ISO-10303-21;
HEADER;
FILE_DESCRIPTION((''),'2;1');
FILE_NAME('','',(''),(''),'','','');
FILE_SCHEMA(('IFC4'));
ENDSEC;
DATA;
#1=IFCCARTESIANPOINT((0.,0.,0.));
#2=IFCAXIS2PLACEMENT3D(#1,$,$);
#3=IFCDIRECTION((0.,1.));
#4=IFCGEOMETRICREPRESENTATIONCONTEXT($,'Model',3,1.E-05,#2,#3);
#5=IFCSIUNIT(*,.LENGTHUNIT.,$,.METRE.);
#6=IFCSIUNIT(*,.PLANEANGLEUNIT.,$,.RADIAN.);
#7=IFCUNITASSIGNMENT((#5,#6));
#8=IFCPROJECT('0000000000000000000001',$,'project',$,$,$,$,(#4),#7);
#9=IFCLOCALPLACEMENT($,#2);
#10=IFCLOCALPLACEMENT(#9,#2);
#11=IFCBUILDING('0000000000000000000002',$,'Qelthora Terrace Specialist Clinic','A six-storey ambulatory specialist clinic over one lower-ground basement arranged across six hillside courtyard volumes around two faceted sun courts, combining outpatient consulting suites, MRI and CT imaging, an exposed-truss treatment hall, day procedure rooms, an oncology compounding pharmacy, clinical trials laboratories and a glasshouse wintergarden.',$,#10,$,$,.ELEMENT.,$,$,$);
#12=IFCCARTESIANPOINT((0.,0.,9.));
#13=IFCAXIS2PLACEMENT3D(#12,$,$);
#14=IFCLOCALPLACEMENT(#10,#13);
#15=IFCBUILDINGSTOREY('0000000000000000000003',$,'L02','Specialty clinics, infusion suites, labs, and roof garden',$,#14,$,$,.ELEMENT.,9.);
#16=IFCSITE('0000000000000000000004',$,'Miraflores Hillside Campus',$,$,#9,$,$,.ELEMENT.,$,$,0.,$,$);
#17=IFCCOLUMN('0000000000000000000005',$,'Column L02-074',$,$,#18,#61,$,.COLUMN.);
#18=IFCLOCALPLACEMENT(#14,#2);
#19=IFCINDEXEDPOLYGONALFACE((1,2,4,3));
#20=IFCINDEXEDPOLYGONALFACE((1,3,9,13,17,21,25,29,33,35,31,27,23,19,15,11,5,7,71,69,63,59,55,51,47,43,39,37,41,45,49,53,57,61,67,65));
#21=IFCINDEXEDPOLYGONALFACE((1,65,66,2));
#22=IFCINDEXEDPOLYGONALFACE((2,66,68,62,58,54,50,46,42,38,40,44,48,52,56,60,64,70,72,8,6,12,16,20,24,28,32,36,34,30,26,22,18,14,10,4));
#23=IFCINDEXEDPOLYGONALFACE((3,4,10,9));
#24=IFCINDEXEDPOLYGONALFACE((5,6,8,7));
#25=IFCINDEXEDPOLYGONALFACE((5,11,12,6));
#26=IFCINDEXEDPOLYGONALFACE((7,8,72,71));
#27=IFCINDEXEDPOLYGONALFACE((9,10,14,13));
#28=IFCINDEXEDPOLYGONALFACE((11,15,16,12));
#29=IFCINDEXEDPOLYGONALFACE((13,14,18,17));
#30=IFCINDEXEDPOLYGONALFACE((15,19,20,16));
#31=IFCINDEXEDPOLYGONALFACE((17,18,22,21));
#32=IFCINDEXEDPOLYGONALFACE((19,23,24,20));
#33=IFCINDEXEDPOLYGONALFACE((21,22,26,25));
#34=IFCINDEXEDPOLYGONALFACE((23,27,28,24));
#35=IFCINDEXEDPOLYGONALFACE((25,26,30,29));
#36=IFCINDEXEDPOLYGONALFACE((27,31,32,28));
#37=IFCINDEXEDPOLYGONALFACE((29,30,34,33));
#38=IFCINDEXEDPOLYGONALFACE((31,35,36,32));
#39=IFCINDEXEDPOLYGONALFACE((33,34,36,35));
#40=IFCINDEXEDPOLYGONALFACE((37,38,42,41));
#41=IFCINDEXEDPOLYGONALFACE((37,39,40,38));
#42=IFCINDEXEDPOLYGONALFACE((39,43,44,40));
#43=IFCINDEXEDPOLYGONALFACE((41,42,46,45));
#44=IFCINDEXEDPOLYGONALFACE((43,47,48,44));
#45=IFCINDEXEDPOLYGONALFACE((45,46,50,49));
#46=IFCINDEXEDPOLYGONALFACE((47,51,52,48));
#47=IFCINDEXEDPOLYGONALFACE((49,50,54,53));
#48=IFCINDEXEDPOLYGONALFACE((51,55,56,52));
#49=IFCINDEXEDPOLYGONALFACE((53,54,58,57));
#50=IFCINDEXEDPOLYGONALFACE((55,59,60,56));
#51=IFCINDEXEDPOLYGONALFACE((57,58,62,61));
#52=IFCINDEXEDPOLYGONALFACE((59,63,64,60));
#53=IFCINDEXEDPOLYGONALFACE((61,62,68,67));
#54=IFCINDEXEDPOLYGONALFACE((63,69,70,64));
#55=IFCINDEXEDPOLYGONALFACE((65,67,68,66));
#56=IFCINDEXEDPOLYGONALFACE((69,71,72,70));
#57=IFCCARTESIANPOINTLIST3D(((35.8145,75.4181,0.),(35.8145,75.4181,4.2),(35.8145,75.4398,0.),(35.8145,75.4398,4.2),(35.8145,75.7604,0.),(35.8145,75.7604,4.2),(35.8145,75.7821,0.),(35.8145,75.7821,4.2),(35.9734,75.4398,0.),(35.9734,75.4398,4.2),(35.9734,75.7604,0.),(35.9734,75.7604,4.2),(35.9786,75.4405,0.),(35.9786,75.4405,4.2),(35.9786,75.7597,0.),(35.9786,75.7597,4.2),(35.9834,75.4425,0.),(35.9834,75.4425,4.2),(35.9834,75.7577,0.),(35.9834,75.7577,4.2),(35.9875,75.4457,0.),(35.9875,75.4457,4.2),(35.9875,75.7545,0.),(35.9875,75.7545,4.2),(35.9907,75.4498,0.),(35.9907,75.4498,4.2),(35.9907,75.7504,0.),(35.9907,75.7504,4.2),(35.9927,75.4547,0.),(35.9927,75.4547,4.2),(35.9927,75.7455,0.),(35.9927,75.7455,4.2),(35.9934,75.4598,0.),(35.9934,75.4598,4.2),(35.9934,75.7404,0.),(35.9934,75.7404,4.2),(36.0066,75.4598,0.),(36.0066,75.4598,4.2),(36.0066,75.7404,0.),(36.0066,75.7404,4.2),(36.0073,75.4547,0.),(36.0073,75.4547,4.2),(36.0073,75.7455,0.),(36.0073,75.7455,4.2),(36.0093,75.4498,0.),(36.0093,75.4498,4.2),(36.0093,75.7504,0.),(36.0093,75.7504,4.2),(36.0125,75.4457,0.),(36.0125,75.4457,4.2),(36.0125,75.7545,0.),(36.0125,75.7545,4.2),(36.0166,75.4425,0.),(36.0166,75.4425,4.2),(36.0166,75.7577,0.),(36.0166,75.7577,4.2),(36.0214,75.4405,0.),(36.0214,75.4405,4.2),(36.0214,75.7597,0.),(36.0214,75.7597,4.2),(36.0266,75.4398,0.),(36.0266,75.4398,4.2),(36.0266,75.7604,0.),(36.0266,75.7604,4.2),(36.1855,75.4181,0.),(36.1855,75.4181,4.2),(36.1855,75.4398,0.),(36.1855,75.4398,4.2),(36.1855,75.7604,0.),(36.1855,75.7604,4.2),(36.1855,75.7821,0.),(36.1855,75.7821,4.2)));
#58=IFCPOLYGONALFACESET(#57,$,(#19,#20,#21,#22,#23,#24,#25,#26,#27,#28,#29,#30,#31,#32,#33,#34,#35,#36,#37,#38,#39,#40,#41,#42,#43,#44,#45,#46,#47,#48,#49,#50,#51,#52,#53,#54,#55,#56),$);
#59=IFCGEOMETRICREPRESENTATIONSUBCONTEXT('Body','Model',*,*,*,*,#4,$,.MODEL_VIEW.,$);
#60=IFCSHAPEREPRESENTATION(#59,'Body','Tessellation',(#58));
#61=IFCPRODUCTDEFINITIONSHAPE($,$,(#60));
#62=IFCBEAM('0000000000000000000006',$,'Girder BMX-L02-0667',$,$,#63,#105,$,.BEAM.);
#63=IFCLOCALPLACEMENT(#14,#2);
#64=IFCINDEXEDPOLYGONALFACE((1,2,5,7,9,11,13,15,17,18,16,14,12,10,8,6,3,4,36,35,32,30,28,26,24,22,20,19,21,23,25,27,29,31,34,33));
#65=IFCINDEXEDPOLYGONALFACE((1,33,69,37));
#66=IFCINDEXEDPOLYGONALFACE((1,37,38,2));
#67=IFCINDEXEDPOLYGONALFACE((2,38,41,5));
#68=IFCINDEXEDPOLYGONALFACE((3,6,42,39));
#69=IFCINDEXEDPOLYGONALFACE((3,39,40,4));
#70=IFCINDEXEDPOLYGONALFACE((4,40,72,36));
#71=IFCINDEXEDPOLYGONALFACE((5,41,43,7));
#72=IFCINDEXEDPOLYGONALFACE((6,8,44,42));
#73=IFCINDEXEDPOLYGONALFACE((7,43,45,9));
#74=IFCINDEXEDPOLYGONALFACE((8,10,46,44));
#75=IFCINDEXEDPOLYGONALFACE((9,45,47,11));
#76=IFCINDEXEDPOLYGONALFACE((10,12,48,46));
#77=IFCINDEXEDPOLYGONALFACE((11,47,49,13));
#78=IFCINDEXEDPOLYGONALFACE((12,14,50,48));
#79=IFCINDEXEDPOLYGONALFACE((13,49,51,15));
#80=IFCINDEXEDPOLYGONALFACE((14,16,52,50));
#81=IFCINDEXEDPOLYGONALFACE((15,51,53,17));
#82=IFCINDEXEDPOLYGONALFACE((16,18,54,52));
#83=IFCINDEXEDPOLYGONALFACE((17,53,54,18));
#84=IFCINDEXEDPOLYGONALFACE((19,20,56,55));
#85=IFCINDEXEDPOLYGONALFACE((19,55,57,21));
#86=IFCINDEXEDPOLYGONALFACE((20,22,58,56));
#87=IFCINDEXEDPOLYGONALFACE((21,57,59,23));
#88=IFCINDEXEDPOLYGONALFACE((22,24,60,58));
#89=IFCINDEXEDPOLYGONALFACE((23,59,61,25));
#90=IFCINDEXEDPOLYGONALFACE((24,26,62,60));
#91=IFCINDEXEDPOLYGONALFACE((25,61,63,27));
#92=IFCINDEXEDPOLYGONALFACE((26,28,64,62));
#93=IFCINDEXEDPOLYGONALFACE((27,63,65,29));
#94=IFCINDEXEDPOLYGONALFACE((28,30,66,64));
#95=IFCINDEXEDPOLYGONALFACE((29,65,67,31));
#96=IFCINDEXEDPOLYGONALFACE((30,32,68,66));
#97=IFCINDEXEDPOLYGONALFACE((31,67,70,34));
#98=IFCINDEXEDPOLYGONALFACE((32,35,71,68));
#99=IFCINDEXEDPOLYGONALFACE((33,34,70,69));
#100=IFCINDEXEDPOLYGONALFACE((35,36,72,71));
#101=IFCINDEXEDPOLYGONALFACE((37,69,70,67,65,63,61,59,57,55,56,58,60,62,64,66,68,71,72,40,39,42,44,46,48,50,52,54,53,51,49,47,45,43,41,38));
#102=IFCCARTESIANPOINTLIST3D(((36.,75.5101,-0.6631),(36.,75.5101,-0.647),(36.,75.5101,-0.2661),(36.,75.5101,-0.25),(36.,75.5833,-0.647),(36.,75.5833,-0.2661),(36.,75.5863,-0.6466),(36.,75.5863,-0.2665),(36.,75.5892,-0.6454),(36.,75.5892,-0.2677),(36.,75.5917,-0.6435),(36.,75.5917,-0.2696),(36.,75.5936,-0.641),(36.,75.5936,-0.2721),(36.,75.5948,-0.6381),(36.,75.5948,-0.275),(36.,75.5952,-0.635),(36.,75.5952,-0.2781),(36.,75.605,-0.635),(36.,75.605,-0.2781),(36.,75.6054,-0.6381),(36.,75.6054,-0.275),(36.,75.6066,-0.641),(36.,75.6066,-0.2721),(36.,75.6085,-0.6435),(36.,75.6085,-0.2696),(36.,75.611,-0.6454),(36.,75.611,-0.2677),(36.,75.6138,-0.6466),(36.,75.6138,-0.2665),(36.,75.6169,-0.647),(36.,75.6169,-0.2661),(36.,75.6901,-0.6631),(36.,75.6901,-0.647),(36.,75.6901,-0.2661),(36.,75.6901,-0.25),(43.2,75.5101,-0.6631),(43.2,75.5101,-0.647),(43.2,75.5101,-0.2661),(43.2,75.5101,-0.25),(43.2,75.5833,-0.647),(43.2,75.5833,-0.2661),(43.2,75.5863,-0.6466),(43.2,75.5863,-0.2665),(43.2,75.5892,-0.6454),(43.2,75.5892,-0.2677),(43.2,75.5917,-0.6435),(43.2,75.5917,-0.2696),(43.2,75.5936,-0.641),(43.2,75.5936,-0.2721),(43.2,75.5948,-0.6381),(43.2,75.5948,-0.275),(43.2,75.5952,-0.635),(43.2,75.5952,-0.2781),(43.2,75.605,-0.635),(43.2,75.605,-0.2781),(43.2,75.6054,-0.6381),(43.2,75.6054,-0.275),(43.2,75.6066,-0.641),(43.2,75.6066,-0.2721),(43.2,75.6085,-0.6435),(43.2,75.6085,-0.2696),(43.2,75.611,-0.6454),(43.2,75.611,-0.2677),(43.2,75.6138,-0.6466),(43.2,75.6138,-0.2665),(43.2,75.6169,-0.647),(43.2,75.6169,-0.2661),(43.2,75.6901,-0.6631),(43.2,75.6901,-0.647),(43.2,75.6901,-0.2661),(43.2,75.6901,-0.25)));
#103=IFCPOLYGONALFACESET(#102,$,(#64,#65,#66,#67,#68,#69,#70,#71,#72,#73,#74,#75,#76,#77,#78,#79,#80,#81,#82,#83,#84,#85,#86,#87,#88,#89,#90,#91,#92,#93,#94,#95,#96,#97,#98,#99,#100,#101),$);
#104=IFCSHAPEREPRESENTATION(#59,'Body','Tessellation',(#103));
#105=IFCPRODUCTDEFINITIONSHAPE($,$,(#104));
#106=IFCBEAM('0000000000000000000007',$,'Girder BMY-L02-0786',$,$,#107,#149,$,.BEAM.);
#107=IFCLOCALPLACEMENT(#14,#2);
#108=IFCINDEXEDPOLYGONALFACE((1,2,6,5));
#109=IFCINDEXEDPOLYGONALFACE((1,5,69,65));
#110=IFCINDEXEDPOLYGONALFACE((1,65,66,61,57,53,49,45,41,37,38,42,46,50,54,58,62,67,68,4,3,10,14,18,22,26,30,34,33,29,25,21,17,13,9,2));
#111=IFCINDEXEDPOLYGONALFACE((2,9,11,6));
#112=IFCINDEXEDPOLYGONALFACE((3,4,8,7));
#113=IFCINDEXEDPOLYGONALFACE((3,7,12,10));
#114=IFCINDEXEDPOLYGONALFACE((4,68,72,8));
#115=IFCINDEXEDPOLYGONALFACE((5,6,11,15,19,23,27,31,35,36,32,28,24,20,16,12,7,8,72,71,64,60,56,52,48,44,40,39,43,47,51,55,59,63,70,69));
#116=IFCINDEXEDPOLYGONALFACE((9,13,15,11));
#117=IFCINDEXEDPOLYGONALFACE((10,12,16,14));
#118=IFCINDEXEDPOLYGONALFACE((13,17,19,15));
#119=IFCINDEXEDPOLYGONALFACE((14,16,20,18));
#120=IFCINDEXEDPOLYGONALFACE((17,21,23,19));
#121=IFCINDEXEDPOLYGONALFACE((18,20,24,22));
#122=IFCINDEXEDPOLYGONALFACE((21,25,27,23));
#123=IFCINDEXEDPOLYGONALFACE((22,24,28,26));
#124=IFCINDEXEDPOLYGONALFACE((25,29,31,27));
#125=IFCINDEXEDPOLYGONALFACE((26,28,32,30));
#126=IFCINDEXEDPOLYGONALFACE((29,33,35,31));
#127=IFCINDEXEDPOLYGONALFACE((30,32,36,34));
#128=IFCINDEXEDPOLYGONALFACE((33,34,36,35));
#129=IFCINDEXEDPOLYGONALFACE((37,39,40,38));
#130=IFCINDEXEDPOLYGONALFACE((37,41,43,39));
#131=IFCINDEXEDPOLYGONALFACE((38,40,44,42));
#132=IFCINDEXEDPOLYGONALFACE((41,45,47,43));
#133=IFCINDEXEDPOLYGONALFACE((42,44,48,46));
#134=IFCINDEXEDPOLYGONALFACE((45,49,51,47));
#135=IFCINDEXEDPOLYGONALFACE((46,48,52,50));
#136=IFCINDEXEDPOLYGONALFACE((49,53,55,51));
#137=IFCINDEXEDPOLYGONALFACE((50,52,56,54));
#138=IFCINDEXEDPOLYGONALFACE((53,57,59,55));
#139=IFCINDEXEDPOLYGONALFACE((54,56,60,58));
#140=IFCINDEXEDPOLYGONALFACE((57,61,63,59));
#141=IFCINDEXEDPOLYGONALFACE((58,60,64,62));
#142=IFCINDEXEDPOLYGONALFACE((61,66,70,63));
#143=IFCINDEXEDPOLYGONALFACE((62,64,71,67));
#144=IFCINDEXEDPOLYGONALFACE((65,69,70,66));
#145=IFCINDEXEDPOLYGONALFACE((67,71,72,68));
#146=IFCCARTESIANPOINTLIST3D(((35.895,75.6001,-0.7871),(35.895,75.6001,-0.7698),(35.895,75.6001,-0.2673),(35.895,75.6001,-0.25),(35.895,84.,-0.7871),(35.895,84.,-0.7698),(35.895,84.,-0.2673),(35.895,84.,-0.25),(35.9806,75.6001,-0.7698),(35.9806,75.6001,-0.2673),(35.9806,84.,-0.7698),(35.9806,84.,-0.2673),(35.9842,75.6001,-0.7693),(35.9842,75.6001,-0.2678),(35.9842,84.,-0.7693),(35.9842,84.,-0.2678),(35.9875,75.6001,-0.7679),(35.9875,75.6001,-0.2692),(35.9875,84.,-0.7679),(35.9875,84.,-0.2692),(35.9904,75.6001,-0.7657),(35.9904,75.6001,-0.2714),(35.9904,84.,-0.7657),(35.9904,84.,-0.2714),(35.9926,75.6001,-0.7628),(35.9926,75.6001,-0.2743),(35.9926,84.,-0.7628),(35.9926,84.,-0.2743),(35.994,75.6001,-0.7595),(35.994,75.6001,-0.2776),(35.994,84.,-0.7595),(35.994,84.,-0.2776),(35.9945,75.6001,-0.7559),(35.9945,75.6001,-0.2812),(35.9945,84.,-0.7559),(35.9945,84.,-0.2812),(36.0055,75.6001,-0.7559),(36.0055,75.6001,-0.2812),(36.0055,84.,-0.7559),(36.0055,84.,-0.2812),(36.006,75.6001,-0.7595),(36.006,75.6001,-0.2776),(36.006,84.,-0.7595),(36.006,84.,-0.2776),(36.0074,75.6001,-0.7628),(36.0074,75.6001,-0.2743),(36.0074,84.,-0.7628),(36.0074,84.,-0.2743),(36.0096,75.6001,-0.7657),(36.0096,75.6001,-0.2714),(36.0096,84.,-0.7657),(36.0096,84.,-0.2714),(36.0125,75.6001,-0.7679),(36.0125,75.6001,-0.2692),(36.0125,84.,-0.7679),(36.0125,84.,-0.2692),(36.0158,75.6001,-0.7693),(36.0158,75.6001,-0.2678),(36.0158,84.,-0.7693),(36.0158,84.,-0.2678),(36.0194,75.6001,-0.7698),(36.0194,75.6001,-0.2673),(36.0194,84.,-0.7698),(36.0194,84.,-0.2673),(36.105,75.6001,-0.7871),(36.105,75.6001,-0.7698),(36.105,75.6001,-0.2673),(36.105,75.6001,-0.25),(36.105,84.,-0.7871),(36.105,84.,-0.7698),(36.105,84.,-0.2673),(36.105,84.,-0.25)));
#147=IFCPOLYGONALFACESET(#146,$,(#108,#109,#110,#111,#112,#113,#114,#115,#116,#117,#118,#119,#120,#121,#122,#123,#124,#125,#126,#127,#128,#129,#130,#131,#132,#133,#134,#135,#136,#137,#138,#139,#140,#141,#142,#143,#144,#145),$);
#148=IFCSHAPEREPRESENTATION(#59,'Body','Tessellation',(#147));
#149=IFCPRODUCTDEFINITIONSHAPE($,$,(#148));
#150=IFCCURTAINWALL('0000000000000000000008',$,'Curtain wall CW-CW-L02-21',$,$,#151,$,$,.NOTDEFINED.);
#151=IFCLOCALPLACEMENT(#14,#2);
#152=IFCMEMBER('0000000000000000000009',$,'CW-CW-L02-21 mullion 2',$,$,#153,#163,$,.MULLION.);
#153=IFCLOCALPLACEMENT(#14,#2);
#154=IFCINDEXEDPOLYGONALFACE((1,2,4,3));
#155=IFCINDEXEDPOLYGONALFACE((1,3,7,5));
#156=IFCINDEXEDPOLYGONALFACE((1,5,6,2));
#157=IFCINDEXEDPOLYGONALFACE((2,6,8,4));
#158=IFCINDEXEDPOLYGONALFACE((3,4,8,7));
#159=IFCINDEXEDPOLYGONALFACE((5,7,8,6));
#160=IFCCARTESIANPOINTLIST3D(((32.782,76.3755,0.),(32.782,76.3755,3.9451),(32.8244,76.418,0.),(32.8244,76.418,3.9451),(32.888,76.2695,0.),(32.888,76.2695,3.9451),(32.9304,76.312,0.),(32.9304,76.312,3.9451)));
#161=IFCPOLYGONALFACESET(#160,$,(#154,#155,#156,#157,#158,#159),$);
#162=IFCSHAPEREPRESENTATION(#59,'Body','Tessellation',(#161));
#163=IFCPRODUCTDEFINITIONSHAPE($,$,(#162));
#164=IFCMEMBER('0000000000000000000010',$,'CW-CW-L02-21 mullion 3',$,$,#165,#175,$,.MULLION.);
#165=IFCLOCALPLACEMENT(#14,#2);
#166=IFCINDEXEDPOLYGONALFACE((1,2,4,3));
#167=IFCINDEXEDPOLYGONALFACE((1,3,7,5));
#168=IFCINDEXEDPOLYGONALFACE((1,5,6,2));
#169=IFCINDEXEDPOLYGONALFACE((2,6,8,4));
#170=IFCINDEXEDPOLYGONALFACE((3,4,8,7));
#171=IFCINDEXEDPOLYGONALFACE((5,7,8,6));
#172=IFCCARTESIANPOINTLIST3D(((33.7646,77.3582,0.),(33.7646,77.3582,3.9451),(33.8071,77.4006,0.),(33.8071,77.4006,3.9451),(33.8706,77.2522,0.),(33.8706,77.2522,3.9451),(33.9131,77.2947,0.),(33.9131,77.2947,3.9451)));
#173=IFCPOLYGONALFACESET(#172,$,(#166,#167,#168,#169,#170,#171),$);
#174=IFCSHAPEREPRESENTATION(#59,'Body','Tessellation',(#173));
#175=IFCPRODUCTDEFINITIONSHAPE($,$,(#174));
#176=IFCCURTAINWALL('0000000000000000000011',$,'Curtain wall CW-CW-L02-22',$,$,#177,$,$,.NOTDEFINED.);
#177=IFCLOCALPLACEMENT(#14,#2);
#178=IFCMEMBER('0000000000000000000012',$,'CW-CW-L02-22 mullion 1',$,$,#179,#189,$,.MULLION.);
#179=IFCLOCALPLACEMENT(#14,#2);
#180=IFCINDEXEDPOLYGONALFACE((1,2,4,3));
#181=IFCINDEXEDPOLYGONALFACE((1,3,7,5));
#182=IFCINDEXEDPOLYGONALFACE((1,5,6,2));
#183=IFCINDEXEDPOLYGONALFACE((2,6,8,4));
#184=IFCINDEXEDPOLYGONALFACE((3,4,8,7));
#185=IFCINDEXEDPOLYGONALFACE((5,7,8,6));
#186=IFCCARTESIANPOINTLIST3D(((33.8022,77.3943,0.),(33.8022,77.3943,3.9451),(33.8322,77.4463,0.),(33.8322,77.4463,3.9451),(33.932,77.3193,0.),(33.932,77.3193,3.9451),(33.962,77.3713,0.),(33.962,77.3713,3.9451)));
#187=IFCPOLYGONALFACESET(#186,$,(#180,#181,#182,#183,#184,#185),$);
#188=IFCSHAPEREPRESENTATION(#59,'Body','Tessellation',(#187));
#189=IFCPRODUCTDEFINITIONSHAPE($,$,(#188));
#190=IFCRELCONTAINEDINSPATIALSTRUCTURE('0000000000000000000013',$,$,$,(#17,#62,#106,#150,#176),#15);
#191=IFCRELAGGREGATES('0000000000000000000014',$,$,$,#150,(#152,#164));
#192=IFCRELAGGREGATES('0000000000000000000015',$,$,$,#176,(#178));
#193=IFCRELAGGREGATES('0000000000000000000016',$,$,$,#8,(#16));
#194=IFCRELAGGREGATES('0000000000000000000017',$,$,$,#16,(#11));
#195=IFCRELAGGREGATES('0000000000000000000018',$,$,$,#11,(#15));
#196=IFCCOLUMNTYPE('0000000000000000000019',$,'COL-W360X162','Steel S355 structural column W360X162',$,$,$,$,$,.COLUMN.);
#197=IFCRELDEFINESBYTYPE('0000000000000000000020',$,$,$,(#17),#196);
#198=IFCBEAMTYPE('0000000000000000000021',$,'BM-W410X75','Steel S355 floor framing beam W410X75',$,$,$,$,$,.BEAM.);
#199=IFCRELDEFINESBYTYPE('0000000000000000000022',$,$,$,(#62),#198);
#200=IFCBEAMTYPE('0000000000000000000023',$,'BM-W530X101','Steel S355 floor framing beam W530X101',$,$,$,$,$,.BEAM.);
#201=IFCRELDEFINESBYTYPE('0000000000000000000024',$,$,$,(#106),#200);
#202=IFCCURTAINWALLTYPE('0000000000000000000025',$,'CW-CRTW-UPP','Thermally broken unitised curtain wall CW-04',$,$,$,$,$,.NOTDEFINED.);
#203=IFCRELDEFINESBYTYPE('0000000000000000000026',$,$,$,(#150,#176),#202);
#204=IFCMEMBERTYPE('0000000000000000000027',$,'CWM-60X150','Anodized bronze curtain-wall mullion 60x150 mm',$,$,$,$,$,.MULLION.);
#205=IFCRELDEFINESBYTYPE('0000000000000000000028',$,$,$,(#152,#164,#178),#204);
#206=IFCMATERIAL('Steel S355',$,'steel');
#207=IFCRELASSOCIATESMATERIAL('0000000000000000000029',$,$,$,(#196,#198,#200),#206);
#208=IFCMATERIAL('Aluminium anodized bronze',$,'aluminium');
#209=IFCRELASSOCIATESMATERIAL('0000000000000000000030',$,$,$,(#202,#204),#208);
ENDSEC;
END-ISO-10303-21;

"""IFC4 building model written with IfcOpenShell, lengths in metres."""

from ifc_helpers import new_model, si_unit, direction, frame, origin, origin_2d, place, context, subcontext, project, spatial, rectangle, i_section, extrude, material, material_profile, profile_set, type_object, element, aggregate, save


model = new_model("IFC4")

# Units and contexts
model_context = context("Model", 3, precision=1e-05, world=origin(), true_north=direction((0.0, 1.0)))
body_context = subcontext(model_context, "Body", "Model", "MODEL_VIEW")
ifc_project = project(units=[si_unit("LENGTHUNIT", "METRE"), si_unit("PLANEANGLEUNIT", "RADIAN")], contexts=[model_context])

# Site, building, storey
site_placement = place(None, origin())
site = spatial("IfcSite", under=ifc_project, at=site_placement, Name="Miraflores Hillside Campus", CompositionType="ELEMENT", RefElevation=0.0)
building_placement = place(site_placement, origin())
building = spatial("IfcBuilding", under=site, at=building_placement, Name="Qelthora Terrace Specialist Clinic", Description="A six-storey ambulatory specialist clinic over one lower-ground basement arranged across six hillside courtyard volumes around two faceted sun courts, combining outpatient consulting suites, MRI and CT imaging, an exposed-truss treatment hall, day procedure rooms, an oncology compounding pharmacy, clinical trials laboratories and a glasshouse wintergarden.", CompositionType="ELEMENT")
storey_placement = place(building_placement, frame((0.0, 0.0, 9.0)))
storey = spatial("IfcBuildingStorey", under=building, at=storey_placement, Name="L02", Description="Specialty clinics, infusion suites, labs, and roof garden", CompositionType="ELEMENT", Elevation=9.0)

# Column
ifc_material_1 = material(Name="Steel S355", Category="steel")
ifc_material_profile_1 = material_profile(ifc_material_1, i_section(OverallWidth=0.3711, OverallDepth=0.364, WebThickness=0.0132, FlangeThickness=0.0217, FilletRadius=0.02, at=origin_2d()), Name="W360X162")
ifc_profile_set_1 = profile_set([ifc_material_profile_1], Name="Steel S355")
column_type = type_object("IfcColumnType", Name="COL-W360X162", Description="Steel S355 structural column W360X162", PredefinedType="COLUMN", material=ifc_profile_set_1)
column_placement = place(storey_placement, frame((36.0, 75.6001, 0.0), z_axis=(0.0, 0.0, 1.0), x_axis=(1.0, 0.0, 0.0)))
element("IfcColumn", 1, at=column_placement, inside=storey, type_object=column_type, Name="Column L02-074", PredefinedType="COLUMN", context=body_context, shape_type="SweptSolid", body=[
    extrude(i_section(OverallWidth=0.3711, OverallDepth=0.364, WebThickness=0.0132, FlangeThickness=0.0217, FilletRadius=0.02, at=origin_2d()), origin(), (0.0, 0.0, 1.0), 4.2),
])

# Beams
ifc_material_profile_2 = material_profile(ifc_material_1, i_section(OverallWidth=0.1799, OverallDepth=0.4131, WebThickness=0.0098, FlangeThickness=0.0161, FilletRadius=0.012, at=origin_2d()), Name="W410X75")
ifc_profile_set_2 = profile_set([ifc_material_profile_2], Name="Steel S355")
beam_type_1 = type_object("IfcBeamType", Name="BM-W410X75", Description="Steel S355 floor framing beam W410X75", PredefinedType="BEAM", material=ifc_profile_set_2)
beam_1_placement = place(storey_placement, frame((36.0, 75.6001, -0.4565), z_axis=(1.0, 0.0, 0.0), x_axis=(0.0, 1.0, 0.0)))
element("IfcBeam", 2, at=beam_1_placement, inside=storey, type_object=beam_type_1, Name="Girder BMX-L02-0667", PredefinedType="BEAM", context=body_context, shape_type="SweptSolid", body=[
    extrude(i_section(OverallWidth=0.1799, OverallDepth=0.4131, WebThickness=0.0098, FlangeThickness=0.0161, FilletRadius=0.012, at=origin_2d()), origin(), (0.0, 0.0, 1.0), 7.2),
])
ifc_material_profile_3 = material_profile(ifc_material_1, i_section(OverallWidth=0.21, OverallDepth=0.5371, WebThickness=0.011, FlangeThickness=0.0173, FilletRadius=0.0139, at=origin_2d()), Name="W530X101")
ifc_profile_set_3 = profile_set([ifc_material_profile_3], Name="Steel S355")
beam_type_2 = type_object("IfcBeamType", Name="BM-W530X101", Description="Steel S355 floor framing beam W530X101", PredefinedType="BEAM", material=ifc_profile_set_3)
beam_2_placement = place(storey_placement, frame((36.0, 75.6001, -0.5186), z_axis=(0.0, 1.0, 0.0), x_axis=(-1.0, 0.0, 0.0)))
element("IfcBeam", 3, at=beam_2_placement, inside=storey, type_object=beam_type_2, Name="Girder BMY-L02-0786", PredefinedType="BEAM", context=body_context, shape_type="SweptSolid", body=[
    extrude(i_section(OverallWidth=0.21, OverallDepth=0.5371, WebThickness=0.011, FlangeThickness=0.0173, FilletRadius=0.0139, at=origin_2d()), origin(), (0.0, 0.0, 1.0), 8.3999),
])

# Curtain wall, members
ifc_material_2 = material(Name="Aluminium anodized bronze", Category="aluminium")
curtain_wall_type = type_object("IfcCurtainWallType", Name="CW-CRTW-UPP", Description="Thermally broken unitised curtain wall CW-04", PredefinedType="NOTDEFINED", material=ifc_material_2)
curtain_wall_1_placement = place(storey_placement, origin())
curtain_wall_1 = element("IfcCurtainWall", 4, at=curtain_wall_1_placement, inside=storey, type_object=curtain_wall_type, Name="Curtain wall CW-CW-L02-21", PredefinedType="NOTDEFINED")
ifc_material_profile_4 = material_profile(ifc_material_2, rectangle(XDim=0.0601, YDim=0.1499, at=origin_2d()), Name="CWM60X150")
ifc_profile_set_4 = profile_set([ifc_material_profile_4], Name="Aluminium anodized bronze")
member_type_1 = type_object("IfcMemberType", Name="CWM-60X150", Description="Anodized bronze curtain-wall mullion 60x150 mm", PredefinedType="MULLION", material=ifc_profile_set_4)
member_1_placement = place(storey_placement, frame((32.8562, 76.3438, 0.0), z_axis=(0.0, 0.0, 1.0), x_axis=(0.707107, 0.707107, 0.0)))
member_1 = element("IfcMember", 5, at=member_1_placement, type_object=member_type_1, Name="CW-CW-L02-21 mullion 2", PredefinedType="MULLION", context=body_context, shape_type="SweptSolid", body=[
    extrude(rectangle(XDim=0.0601, YDim=0.1499, at=origin_2d()), origin(), (0.0, 0.0, 1.0), 3.9451),
])
member_2_placement = place(storey_placement, frame((33.8389, 77.3264, 0.0), z_axis=(0.0, 0.0, 1.0), x_axis=(0.707107, 0.707107, 0.0)))
member_2 = element("IfcMember", 6, at=member_2_placement, type_object=member_type_1, Name="CW-CW-L02-21 mullion 3", PredefinedType="MULLION", context=body_context, shape_type="SweptSolid", body=[
    extrude(rectangle(XDim=0.0601, YDim=0.1499, at=origin_2d()), origin(), (0.0, 0.0, 1.0), 3.9451),
])

# Curtain wall, member
curtain_wall_2_placement = place(storey_placement, origin())
curtain_wall_2 = element("IfcCurtainWall", 7, at=curtain_wall_2_placement, inside=storey, type_object=curtain_wall_type, Name="Curtain wall CW-CW-L02-22", PredefinedType="NOTDEFINED")
member_3_placement = place(storey_placement, frame((33.8821, 77.3828, 0.0), z_axis=(0.0, 0.0, 1.0), x_axis=(0.5, 0.866026, 0.0)))
member_3 = element("IfcMember", 8, at=member_3_placement, type_object=member_type_1, Name="CW-CW-L02-22 mullion 1", PredefinedType="MULLION", context=body_context, shape_type="SweptSolid", body=[
    extrude(rectangle(XDim=0.0601, YDim=0.1499, at=origin_2d()), origin(), (0.0, 0.0, 1.0), 3.9451),
])

aggregate(curtain_wall_1, [member_1, member_2])
aggregate(curtain_wall_2, [member_3])

save(model, "model.ifc")
